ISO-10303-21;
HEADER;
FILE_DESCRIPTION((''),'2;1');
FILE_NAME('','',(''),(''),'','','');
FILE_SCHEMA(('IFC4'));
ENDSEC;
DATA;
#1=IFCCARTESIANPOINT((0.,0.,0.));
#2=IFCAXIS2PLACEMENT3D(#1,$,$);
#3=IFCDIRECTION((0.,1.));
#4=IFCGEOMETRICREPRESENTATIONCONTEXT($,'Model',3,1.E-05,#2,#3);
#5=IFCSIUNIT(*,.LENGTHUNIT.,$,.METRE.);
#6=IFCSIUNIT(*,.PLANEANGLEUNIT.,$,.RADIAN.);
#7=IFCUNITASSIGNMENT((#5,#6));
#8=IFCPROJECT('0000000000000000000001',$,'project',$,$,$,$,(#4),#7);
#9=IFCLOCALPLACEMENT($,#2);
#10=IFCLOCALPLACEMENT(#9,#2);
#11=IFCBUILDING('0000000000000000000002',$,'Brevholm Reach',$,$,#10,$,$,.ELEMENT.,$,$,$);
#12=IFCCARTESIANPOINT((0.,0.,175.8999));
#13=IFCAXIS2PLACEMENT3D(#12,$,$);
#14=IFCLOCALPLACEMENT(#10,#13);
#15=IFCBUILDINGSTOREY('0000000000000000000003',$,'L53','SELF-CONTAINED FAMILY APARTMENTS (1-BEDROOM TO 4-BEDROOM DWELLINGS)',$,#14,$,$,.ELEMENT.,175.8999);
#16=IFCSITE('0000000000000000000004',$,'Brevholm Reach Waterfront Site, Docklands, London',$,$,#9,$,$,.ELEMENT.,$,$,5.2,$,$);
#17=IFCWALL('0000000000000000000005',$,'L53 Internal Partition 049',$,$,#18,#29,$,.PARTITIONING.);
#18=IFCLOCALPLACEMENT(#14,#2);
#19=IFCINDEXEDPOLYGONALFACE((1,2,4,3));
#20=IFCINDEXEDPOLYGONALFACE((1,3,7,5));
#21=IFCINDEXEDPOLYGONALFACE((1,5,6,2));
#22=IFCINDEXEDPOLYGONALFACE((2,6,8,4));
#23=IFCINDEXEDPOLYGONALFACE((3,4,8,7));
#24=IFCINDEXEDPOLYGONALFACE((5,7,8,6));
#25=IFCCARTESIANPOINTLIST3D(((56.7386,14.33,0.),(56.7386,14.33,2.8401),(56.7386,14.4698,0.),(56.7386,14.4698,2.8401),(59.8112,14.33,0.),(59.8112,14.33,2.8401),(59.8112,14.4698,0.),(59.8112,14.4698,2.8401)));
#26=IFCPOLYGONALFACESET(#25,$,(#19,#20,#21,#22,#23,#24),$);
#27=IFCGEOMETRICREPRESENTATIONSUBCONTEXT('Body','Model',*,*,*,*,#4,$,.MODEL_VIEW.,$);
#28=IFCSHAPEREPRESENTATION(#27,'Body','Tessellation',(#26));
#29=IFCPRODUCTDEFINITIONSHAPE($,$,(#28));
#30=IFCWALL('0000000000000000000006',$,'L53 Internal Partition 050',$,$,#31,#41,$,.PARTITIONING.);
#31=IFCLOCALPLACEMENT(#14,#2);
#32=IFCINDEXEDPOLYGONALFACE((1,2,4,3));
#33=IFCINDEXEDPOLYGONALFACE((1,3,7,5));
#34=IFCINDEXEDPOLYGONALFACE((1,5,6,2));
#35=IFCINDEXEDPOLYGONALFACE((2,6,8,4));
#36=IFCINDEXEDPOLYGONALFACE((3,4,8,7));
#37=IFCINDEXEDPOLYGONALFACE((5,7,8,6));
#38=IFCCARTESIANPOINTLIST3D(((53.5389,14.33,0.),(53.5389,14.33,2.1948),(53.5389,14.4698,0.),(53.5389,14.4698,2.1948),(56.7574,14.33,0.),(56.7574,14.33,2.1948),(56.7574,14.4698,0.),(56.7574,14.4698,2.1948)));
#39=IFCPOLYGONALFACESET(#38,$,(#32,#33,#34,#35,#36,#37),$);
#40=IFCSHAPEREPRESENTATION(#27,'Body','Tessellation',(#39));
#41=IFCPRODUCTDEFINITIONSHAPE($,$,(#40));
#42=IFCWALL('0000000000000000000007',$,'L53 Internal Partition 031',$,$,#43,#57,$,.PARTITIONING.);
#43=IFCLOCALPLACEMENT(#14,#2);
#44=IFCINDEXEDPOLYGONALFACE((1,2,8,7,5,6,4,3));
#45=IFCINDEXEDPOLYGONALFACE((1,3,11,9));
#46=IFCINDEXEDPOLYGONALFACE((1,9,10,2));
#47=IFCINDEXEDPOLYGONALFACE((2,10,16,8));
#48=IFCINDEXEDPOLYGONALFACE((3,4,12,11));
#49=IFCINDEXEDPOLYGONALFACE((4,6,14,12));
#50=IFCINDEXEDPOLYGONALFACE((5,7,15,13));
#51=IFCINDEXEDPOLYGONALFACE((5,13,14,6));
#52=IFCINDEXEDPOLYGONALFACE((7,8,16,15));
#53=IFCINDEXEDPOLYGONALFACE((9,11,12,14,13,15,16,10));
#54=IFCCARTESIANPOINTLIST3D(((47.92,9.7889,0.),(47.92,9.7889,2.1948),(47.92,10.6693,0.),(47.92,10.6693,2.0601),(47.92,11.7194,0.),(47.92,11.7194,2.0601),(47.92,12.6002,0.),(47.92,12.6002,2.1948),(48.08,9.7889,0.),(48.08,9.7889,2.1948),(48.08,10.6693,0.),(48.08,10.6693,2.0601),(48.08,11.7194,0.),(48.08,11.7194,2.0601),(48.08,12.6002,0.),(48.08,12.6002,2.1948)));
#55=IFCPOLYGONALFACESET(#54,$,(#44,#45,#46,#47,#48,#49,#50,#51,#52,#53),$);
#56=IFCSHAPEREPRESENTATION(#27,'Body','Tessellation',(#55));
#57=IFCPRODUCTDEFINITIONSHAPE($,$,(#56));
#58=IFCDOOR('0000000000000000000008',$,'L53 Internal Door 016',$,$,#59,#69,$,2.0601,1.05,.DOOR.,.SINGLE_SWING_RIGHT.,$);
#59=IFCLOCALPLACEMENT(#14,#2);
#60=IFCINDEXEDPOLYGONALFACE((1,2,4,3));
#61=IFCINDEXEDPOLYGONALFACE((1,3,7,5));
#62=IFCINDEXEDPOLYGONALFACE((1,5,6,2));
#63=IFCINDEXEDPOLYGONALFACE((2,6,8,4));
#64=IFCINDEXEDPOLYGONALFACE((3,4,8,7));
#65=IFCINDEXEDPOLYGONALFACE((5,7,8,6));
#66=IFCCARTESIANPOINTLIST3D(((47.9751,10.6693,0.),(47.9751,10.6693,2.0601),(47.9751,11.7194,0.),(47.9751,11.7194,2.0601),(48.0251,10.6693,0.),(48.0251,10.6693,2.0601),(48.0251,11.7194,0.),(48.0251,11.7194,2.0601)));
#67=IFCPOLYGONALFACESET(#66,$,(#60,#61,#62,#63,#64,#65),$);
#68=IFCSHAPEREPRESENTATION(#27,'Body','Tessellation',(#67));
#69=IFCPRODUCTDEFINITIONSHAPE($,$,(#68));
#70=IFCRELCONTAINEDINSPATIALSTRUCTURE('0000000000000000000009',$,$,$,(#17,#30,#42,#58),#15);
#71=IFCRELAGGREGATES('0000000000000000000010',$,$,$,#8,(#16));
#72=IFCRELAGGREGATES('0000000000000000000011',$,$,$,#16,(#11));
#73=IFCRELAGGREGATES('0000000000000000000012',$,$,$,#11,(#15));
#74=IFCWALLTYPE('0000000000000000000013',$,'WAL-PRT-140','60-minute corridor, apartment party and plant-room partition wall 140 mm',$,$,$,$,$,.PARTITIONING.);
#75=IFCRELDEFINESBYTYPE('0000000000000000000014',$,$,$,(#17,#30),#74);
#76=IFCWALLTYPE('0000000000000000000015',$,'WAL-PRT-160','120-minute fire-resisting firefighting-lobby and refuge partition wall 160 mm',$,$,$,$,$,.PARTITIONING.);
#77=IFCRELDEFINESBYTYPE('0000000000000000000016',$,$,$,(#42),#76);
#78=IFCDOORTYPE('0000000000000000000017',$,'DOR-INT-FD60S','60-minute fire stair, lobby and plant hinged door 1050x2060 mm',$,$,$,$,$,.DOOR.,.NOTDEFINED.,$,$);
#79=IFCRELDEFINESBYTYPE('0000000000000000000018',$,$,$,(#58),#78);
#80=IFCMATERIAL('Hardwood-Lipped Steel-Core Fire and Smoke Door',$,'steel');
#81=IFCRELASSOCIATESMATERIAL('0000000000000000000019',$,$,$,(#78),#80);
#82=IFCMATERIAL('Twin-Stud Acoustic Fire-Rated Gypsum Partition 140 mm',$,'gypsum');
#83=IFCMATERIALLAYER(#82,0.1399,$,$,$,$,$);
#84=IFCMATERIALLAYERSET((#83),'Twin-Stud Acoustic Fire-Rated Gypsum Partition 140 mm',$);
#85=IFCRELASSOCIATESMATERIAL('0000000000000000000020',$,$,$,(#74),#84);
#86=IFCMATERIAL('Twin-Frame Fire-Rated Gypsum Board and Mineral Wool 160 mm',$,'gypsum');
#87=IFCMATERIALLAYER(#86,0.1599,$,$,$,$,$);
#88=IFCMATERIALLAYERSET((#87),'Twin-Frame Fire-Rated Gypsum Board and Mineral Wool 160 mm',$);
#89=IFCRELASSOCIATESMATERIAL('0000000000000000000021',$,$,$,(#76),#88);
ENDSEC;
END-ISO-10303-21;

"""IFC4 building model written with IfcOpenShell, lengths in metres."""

from ifc_helpers import new_model, si_unit, direction, frame, frame_2d, origin, place, context, subcontext, project, spatial, rectangle, extrude, material, layer, layer_set, type_object, element, fill, save


model = new_model("IFC4")

# Units and contexts
model_context = context("Model", 3, precision=1e-05, world=origin(), true_north=direction((0.0, 1.0)))
body_context = subcontext(model_context, "Body", "Model", "MODEL_VIEW")
ifc_project = project(units=[si_unit("LENGTHUNIT", "METRE"), si_unit("PLANEANGLEUNIT", "RADIAN")], contexts=[model_context])

# Site, building, storey
site_placement = place(None, origin())
site = spatial("IfcSite", under=ifc_project, at=site_placement, Name="Brevholm Reach Waterfront Site, Docklands, London", CompositionType="ELEMENT", RefElevation=5.2)
building_placement = place(site_placement, origin())
building = spatial("IfcBuilding", under=site, at=building_placement, Name="Brevholm Reach", CompositionType="ELEMENT")
storey_placement = place(building_placement, frame((0.0, 0.0, 175.8999)))
storey = spatial("IfcBuildingStorey", under=building, at=storey_placement, Name="L53", Description="SELF-CONTAINED FAMILY APARTMENTS (1-BEDROOM TO 4-BEDROOM DWELLINGS)", CompositionType="ELEMENT", Elevation=175.8999)

# Shared definitions
ifc_material_1 = material(Name="Hardwood-Lipped Steel-Core Fire and Smoke Door", Category="steel")
door_type_1 = type_object("IfcDoorType", Name="DOR-INT-FD60S", Description="60-minute fire stair, lobby and plant hinged door 1050x2060 mm", OperationType="NOTDEFINED", PredefinedType="DOOR", material=ifc_material_1)

# Walls
ifc_material_2 = material(Name="Twin-Stud Acoustic Fire-Rated Gypsum Partition 140 mm", Category="gypsum")
ifc_layer_1 = layer(ifc_material_2, 0.1399)
ifc_layer_set_1 = layer_set([ifc_layer_1], Name="Twin-Stud Acoustic Fire-Rated Gypsum Partition 140 mm")
wall_type_1 = type_object("IfcWallType", Name="WAL-PRT-140", Description="60-minute corridor, apartment party and plant-room partition wall 140 mm", PredefinedType="PARTITIONING", material=ifc_layer_set_1)
wall_1_placement = place(storey_placement, frame((56.7388, 14.3999, 0.0), z_axis=(0.0, 0.0, 1.0), x_axis=(1.0, 0.0, 0.0)))
element("IfcWall", 1, at=wall_1_placement, inside=storey, type_object=wall_type_1, Name="L53 Internal Partition 049", PredefinedType="PARTITIONING", context=body_context, shape_type="SweptSolid", body=[
    extrude(rectangle(XDim=3.0725, YDim=0.1399, at=frame_2d((1.5361, 0.0))), origin(), (0.0, 0.0, 1.0), 2.8401),
])
wall_2_placement = place(storey_placement, frame((53.5388, 14.3999, 0.0), z_axis=(0.0, 0.0, 1.0), x_axis=(1.0, 0.0, 0.0)))
element("IfcWall", 2, at=wall_2_placement, inside=storey, type_object=wall_type_1, Name="L53 Internal Partition 050", PredefinedType="PARTITIONING", context=body_context, shape_type="SweptSolid", body=[
    extrude(rectangle(XDim=3.2185, YDim=0.1399, at=frame_2d((1.6094, 0.0))), origin(), (0.0, 0.0, 1.0), 2.1948),
])

# Wall, opening, door
ifc_material_3 = material(Name="Twin-Frame Fire-Rated Gypsum Board and Mineral Wool 160 mm", Category="gypsum")
ifc_layer_2 = layer(ifc_material_3, 0.1599)
ifc_layer_set_2 = layer_set([ifc_layer_2], Name="Twin-Frame Fire-Rated Gypsum Board and Mineral Wool 160 mm")
wall_type_2 = type_object("IfcWallType", Name="WAL-PRT-160", Description="120-minute fire-resisting firefighting-lobby and refuge partition wall 160 mm", PredefinedType="PARTITIONING", material=ifc_layer_set_2)
wall_3_placement = place(storey_placement, frame((48.0, 9.7888, 0.0), z_axis=(0.0, 0.0, 1.0), x_axis=(0.0, 1.0, 0.0)))
wall_3 = element("IfcWall", 3, at=wall_3_placement, inside=storey, type_object=wall_type_2, Name="L53 Internal Partition 031", PredefinedType="PARTITIONING", context=body_context, shape_type="SweptSolid", body=[
    extrude(rectangle(XDim=2.8113, YDim=0.1599, at=frame_2d((1.4058, 0.0))), origin(), (0.0, 0.0, 1.0), 2.1948),
])
opening_1_placement = place(wall_3_placement, frame((0.8806, 0.0, 0.0)))
opening_1 = element("IfcOpeningElement", 4, at=opening_1_placement, cuts=wall_3, PredefinedType="OPENING", context=body_context, shape_type="SweptSolid", body=[
    extrude(rectangle(XDim=1.05, YDim=2.0601, at=frame_2d((0.5249, 1.03))), frame((0.0, 0.0898, 0.0), z_axis=(0.0, -1.0, 0.0), x_axis=(1.0, 0.0, 0.0)), (0.0, 0.0, 1.0), 0.1799),
])
door_1_placement = place(opening_1_placement, origin())
door_1 = element("IfcDoor", 5, at=door_1_placement, inside=storey, type_object=door_type_1, Name="L53 Internal Door 016", OperationType="SINGLE_SWING_RIGHT", OverallHeight=2.0601, OverallWidth=1.05, PredefinedType="DOOR", context=body_context, shape_type="SweptSolid", body=[
    extrude(rectangle(XDim=1.05, YDim=2.0601, at=frame_2d((0.5249, 1.03))), frame((0.0, 0.0249, 0.0), z_axis=(0.0, -1.0, 0.0), x_axis=(1.0, 0.0, 0.0)), (0.0, 0.0, 1.0), 0.05),
])
fill(opening_1, door_1)

save(model, "model.ifc")
